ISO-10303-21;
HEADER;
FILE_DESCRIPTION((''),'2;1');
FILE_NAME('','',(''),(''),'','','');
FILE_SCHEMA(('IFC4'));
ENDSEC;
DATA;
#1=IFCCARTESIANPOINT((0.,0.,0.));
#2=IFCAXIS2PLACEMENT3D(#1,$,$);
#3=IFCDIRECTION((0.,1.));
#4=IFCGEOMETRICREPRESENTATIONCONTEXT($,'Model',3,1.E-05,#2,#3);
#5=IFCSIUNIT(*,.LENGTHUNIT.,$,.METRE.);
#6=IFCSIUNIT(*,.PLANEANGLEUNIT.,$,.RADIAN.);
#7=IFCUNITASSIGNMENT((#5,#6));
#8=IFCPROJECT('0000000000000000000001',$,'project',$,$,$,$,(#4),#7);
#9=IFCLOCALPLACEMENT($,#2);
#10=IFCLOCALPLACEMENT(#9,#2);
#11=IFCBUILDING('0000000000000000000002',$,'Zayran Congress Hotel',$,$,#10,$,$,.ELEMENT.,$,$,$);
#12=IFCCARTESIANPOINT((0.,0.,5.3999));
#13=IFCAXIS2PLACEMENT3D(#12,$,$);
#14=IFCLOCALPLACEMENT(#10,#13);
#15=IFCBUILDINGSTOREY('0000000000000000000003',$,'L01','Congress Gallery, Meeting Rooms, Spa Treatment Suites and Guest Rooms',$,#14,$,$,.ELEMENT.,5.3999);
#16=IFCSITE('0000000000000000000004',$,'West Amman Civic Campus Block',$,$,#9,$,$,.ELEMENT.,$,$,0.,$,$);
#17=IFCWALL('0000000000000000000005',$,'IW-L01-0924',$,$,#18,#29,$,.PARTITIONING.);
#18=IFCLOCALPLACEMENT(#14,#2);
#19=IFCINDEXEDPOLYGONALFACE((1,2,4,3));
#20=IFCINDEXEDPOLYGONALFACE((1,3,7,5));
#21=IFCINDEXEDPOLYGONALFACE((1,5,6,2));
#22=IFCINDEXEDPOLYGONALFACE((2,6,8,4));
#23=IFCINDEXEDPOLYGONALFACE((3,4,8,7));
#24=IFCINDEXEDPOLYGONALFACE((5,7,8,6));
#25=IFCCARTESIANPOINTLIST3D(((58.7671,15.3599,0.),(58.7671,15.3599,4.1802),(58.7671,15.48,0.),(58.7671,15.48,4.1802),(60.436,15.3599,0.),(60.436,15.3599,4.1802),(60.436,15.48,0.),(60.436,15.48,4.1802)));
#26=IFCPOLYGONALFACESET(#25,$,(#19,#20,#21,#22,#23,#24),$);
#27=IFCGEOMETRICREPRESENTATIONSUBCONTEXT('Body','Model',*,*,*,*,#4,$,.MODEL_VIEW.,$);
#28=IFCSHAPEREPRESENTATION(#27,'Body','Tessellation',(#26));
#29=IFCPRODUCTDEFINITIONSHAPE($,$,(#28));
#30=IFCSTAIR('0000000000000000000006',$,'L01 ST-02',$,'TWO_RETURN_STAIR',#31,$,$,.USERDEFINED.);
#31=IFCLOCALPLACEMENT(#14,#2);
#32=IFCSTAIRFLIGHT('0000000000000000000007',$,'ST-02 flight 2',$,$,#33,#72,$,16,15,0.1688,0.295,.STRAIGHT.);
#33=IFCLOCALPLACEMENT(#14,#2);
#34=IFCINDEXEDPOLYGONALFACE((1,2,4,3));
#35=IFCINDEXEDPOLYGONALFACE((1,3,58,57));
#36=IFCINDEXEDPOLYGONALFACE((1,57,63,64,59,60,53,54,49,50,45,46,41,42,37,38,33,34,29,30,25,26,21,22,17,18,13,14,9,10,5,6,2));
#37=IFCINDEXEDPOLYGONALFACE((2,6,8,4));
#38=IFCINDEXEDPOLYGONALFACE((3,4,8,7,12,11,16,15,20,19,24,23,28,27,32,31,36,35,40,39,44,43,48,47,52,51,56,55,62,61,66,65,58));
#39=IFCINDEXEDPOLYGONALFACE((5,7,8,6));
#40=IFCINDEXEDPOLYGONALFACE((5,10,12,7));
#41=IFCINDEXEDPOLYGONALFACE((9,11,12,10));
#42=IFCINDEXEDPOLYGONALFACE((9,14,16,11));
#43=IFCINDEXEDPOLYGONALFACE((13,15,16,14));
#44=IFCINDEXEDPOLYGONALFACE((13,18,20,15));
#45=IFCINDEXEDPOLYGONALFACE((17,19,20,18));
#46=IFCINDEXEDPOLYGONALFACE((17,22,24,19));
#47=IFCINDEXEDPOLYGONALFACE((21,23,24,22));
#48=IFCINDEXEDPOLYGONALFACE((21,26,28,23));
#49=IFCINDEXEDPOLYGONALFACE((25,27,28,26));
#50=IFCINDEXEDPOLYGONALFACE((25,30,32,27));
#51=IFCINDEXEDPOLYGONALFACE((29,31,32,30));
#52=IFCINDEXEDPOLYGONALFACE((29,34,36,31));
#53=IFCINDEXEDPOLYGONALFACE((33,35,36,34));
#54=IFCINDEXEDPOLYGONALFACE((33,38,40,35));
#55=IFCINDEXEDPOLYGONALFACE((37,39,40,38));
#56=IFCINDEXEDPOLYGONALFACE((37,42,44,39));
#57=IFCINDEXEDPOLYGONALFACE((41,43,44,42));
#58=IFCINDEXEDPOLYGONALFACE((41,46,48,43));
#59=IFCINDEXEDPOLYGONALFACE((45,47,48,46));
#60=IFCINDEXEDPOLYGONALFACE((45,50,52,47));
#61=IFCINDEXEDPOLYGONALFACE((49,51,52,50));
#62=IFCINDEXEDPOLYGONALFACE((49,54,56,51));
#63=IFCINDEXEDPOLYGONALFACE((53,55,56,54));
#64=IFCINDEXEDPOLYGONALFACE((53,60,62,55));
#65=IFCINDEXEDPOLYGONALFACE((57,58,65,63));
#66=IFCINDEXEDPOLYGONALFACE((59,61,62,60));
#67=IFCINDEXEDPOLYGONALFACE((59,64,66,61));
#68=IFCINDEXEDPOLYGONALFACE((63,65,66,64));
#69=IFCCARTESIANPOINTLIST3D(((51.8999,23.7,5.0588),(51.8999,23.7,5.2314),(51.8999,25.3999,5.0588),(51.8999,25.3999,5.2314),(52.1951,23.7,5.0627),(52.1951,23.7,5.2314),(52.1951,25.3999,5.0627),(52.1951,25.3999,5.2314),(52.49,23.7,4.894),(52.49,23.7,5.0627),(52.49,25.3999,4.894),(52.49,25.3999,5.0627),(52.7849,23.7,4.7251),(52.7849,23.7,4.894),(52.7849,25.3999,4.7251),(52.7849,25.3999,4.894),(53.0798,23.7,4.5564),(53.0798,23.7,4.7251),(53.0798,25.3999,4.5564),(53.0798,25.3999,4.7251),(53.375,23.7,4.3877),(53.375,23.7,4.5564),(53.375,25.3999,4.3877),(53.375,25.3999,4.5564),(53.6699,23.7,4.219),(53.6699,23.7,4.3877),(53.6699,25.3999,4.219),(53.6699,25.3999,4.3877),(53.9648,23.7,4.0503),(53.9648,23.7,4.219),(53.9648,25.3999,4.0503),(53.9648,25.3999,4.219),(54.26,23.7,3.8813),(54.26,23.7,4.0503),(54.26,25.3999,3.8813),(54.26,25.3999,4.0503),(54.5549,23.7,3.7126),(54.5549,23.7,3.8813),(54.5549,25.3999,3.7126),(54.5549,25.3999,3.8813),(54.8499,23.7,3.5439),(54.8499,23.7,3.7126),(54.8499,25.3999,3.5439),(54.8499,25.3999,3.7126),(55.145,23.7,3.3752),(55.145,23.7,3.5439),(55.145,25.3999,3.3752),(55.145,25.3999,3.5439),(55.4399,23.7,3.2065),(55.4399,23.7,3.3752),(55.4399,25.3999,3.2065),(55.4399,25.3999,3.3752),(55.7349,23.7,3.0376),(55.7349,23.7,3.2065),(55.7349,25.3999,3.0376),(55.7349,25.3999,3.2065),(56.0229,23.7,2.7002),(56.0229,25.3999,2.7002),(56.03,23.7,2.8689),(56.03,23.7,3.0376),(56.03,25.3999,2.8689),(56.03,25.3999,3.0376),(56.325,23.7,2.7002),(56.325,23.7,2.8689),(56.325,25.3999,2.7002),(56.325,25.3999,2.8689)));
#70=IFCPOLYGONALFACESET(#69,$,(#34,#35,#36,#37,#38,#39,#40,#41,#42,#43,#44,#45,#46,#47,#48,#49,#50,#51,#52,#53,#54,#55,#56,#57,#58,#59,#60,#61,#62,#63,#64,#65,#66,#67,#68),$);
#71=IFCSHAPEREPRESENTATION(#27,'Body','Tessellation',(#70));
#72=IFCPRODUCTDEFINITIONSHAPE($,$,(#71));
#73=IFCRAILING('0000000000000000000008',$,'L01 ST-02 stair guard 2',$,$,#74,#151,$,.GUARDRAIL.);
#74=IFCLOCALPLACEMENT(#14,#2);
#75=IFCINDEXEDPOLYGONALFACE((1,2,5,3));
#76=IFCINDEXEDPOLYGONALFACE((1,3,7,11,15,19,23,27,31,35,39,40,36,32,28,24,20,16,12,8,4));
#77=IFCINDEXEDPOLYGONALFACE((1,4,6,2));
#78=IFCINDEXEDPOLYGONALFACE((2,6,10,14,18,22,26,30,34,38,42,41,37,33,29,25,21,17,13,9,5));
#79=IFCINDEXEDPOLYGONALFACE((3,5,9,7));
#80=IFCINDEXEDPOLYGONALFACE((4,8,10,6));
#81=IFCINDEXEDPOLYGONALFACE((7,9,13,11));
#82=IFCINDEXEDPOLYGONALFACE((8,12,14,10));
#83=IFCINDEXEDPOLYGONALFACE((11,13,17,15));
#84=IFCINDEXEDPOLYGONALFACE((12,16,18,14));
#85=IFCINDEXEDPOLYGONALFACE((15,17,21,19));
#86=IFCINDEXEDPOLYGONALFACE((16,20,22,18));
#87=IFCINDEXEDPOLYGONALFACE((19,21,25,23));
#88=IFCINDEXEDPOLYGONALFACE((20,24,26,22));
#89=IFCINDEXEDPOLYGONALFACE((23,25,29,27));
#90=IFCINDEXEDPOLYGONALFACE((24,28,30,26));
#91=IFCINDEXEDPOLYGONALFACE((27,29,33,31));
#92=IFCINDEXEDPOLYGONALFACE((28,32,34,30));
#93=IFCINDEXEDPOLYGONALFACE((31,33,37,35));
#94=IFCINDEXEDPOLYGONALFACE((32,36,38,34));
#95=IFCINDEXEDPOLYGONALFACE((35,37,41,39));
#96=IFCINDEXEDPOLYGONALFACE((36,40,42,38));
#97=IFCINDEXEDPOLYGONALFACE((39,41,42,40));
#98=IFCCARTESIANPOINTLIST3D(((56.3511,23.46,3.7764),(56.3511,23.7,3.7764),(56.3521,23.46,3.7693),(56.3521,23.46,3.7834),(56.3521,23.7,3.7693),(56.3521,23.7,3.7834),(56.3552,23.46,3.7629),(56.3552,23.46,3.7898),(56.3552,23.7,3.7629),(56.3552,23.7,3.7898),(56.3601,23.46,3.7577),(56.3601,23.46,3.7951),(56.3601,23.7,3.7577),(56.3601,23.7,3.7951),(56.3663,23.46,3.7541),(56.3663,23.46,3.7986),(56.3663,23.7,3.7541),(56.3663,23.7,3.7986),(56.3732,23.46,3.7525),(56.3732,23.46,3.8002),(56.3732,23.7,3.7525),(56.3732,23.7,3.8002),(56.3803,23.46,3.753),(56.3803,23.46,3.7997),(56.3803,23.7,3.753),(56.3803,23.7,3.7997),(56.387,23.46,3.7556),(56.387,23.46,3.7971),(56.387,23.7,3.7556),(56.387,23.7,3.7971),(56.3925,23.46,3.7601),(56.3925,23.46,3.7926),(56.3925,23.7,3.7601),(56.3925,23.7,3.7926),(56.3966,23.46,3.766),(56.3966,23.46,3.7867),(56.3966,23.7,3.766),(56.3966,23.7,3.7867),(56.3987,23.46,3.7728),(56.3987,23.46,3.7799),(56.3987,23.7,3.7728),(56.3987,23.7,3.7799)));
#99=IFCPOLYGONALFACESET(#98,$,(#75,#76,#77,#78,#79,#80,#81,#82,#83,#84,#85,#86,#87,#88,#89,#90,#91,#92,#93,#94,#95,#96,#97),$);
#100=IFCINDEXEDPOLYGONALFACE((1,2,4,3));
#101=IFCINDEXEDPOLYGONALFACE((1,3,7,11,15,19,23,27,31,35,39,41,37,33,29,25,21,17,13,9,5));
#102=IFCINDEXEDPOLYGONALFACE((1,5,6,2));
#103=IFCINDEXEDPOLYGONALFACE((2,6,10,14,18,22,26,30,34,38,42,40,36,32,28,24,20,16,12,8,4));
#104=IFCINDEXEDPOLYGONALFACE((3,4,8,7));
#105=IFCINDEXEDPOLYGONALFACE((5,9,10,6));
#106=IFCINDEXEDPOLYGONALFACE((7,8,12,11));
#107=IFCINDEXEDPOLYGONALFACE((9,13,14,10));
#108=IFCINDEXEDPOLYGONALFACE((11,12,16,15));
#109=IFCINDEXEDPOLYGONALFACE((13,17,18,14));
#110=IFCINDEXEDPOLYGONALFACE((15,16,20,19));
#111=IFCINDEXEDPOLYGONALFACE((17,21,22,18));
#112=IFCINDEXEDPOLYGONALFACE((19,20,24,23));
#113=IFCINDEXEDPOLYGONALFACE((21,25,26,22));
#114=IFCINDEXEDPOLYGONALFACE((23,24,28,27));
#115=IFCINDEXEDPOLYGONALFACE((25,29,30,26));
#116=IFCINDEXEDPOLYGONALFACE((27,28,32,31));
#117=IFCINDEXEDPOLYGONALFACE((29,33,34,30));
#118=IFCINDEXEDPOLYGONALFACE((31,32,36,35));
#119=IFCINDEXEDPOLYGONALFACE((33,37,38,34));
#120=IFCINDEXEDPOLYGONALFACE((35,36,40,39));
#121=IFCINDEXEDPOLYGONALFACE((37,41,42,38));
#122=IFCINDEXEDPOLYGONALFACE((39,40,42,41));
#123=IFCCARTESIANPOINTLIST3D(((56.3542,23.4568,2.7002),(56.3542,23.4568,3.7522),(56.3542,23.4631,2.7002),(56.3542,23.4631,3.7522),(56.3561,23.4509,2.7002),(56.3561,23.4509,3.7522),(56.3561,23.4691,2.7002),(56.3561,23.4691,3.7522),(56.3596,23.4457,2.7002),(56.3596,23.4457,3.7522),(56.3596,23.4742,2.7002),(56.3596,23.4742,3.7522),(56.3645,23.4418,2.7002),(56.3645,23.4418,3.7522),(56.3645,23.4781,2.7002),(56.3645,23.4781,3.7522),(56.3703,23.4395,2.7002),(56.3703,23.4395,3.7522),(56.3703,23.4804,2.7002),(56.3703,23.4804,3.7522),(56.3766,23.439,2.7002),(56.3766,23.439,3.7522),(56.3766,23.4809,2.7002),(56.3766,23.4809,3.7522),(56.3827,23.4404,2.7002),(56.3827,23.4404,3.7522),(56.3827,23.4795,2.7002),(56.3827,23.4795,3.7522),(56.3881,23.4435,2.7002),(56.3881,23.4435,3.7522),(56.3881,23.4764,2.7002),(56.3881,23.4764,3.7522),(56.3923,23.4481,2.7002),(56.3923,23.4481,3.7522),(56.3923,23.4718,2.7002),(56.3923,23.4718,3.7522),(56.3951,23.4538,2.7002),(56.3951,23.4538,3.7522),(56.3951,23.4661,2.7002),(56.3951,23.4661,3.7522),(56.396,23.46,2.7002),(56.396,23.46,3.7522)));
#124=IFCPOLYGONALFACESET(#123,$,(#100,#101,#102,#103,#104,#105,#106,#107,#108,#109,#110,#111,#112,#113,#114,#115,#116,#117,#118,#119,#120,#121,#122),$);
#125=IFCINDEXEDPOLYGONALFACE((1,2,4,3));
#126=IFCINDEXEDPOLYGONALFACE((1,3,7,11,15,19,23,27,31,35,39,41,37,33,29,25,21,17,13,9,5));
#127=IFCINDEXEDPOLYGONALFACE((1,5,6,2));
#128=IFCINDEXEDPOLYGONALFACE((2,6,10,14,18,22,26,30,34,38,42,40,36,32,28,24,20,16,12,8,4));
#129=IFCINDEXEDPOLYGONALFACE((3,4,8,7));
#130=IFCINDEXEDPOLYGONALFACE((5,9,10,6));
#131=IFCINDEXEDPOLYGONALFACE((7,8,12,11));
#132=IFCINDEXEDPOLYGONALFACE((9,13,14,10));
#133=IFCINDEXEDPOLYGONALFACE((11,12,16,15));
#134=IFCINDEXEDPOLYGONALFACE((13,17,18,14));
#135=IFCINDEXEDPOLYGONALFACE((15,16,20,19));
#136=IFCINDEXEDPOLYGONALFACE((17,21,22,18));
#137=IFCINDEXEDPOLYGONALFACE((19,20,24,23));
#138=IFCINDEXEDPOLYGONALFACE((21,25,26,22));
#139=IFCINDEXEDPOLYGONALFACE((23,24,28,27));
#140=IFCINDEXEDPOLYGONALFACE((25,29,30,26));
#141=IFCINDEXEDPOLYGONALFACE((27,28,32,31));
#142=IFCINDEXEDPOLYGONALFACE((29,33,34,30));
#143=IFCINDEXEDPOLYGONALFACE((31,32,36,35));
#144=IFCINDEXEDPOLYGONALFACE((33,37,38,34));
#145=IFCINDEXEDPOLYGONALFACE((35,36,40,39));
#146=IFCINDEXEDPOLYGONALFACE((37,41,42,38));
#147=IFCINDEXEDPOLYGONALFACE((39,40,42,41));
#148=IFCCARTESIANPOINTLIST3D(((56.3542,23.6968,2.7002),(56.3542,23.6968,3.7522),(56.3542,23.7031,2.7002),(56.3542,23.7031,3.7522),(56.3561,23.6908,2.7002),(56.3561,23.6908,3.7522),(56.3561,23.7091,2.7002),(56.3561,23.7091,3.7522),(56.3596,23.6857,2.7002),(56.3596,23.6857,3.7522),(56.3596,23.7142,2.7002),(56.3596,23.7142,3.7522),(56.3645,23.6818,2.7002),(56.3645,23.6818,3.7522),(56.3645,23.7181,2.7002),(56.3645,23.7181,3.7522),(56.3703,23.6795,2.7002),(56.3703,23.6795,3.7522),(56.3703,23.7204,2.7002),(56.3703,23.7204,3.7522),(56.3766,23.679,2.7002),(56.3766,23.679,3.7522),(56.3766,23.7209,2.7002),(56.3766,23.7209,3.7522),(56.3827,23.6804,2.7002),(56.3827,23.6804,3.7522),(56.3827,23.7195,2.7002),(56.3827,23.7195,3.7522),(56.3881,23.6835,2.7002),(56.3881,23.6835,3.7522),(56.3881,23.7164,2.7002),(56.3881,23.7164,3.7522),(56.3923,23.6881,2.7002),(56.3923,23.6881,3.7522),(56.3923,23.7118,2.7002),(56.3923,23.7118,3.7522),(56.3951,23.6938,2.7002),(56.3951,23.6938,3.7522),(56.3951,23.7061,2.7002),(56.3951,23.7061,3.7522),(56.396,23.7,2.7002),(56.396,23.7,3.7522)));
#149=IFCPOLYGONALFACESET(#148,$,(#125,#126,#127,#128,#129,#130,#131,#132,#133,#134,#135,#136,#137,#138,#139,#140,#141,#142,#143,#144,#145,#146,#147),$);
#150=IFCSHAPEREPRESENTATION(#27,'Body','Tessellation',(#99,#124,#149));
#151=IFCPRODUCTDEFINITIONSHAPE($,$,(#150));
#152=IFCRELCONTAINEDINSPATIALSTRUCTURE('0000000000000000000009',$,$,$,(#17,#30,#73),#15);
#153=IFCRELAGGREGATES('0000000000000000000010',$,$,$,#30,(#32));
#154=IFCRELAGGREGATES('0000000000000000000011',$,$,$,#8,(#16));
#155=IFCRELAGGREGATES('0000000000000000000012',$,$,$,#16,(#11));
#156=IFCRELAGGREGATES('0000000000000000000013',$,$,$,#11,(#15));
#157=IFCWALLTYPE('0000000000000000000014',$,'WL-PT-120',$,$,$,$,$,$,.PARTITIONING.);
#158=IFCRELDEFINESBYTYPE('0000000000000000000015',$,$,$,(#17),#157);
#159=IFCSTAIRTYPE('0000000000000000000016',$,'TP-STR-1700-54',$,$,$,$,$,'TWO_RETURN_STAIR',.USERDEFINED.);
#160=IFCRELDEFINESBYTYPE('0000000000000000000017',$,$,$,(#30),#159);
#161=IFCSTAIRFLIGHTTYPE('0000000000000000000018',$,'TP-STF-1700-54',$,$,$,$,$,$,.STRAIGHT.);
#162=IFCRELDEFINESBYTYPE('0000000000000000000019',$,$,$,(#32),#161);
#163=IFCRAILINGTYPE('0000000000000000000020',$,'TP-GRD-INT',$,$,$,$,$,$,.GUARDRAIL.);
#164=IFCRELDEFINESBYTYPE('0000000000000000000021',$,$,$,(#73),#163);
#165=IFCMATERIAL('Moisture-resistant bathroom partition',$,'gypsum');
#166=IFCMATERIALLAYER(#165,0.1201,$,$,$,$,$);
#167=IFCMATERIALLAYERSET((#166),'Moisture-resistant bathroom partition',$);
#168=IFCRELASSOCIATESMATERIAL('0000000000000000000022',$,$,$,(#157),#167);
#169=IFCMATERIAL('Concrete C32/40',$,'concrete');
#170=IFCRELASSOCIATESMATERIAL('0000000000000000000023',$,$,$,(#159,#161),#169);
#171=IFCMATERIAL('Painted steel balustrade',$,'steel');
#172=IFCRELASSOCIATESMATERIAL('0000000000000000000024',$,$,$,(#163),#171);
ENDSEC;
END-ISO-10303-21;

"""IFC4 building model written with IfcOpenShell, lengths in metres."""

from ifc_helpers import new_model, si_unit, direction, frame, frame_2d, origin, origin_2d, place, context, subcontext, project, spatial, polyline, rectangle, circle, outline, extrude, material, layer, layer_set, type_object, element, aggregate, save


model = new_model("IFC4")

# Units and contexts
model_context = context("Model", 3, precision=1e-05, world=origin(), true_north=direction((0.0, 1.0)))
body_context = subcontext(model_context, "Body", "Model", "MODEL_VIEW")
ifc_project = project(units=[si_unit("LENGTHUNIT", "METRE"), si_unit("PLANEANGLEUNIT", "RADIAN")], contexts=[model_context])

# Site, building, storey
site_placement = place(None, origin())
site = spatial("IfcSite", under=ifc_project, at=site_placement, Name="West Amman Civic Campus Block", CompositionType="ELEMENT", RefElevation=0.0)
building_placement = place(site_placement, origin())
building = spatial("IfcBuilding", under=site, at=building_placement, Name="Zayran Congress Hotel", CompositionType="ELEMENT")
storey_placement = place(building_placement, frame((0.0, 0.0, 5.3999)))
storey = spatial("IfcBuildingStorey", under=building, at=storey_placement, Name="L01", Description="Congress Gallery, Meeting Rooms, Spa Treatment Suites and Guest Rooms", CompositionType="ELEMENT", Elevation=5.3999)

# Wall
ifc_material_1 = material(Name="Moisture-resistant bathroom partition", Category="gypsum")
ifc_layer_1 = layer(ifc_material_1, 0.1201)
ifc_layer_set_1 = layer_set([ifc_layer_1], Name="Moisture-resistant bathroom partition")
wall_type_1 = type_object("IfcWallType", Name="WL-PT-120", PredefinedType="PARTITIONING", material=ifc_layer_set_1)
wall_1_placement = place(storey_placement, frame((58.7671, 15.4199, 0.0), z_axis=(0.0, 0.0, 1.0), x_axis=(1.0, 0.0, 0.0)))
element("IfcWall", 1, at=wall_1_placement, inside=storey, type_object=wall_type_1, Name="IW-L01-0924", PredefinedType="PARTITIONING", context=body_context, shape_type="SweptSolid", body=[
    extrude(rectangle(XDim=1.6689, YDim=0.1201, at=frame_2d((0.8345, 0.0))), origin(), (0.0, 0.0, 1.0), 4.1802),
])

# Stair, stair flight
ifc_material_2 = material(Name="Concrete C32/40", Category="concrete")
stair_type = type_object("IfcStairType", Name="TP-STR-1700-54", ElementType="TWO_RETURN_STAIR", PredefinedType="USERDEFINED", material=ifc_material_2)
stair_placement = place(storey_placement, origin())
stair = element("IfcStair", 2, at=stair_placement, inside=storey, type_object=stair_type, Name="L01 ST-02", ObjectType="TWO_RETURN_STAIR", PredefinedType="USERDEFINED")
stair_flight_type = type_object("IfcStairFlightType", Name="TP-STF-1700-54", PredefinedType="STRAIGHT", material=ifc_material_2)
stair_flight_placement = place(storey_placement, frame((56.325, 24.55, 2.7002), z_axis=(0.0, 0.0, 1.0), x_axis=(-1.0, 0.0, 0.0)))
stair_flight = element("IfcStairFlight", 3, at=stair_flight_placement, type_object=stair_flight_type, Name="ST-02 flight 2", NumberOfRisers=16, NumberOfTreads=15, PredefinedType="STRAIGHT", RiserHeight=0.1688, TreadLength=0.295, context=body_context, shape_type="SweptSolid", body=[
    extrude(outline(polyline([(0.0, 0.0), (0.0, 0.1687), (0.2949, 0.1687), (0.2949, 0.3374), (0.5901, 0.3374), (0.5901, 0.5063), (0.885, 0.5063), (0.885, 0.675), (1.1799, 0.675), (1.1799, 0.8438), (1.4751, 0.8438), (1.4751, 1.0125), (1.77, 1.0125), (1.77, 1.1812), (2.0649, 1.1812), (2.0649, 1.3501), (2.3601, 1.3501), (2.3601, 1.5188), (2.655, 1.5188), (2.655, 1.6875), (2.95, 1.6875), (2.95, 1.8562), (3.2451, 1.8562), (3.2451, 2.0249), (3.54, 2.0249), (3.54, 2.1938), (3.835, 2.1938), (3.835, 2.3625), (4.1299, 2.3625), (4.1299, 2.5312), (4.425, 2.5312), (4.425, 2.7), (4.425, 2.3586), (0.302, 0.0), (0.0, 0.0)])), frame((0.0, 0.8501, 0.0), z_axis=(0.0, -1.0, 0.0), x_axis=(1.0, 0.0, 0.0)), (0.0, 0.0, 1.0), 1.7),
])
aggregate(stair, [stair_flight])

# Railing
ifc_material_3 = material(Name="Painted steel balustrade", Category="steel")
railing_type_1 = type_object("IfcRailingType", Name="TP-GRD-INT", PredefinedType="GUARDRAIL", material=ifc_material_3)
railing_1_placement = place(storey_placement, frame((56.375, 23.46, 2.7002)))
element("IfcRailing", 4, at=railing_1_placement, inside=storey, type_object=railing_type_1, Name="L01 ST-02 stair guard 2", PredefinedType="GUARDRAIL", context=body_context, shape_type="SweptSolid", body=[
    extrude(circle(Radius=0.0239, at=origin_2d()), frame((0.0, 0.0, 1.0762), z_axis=(0.0, 1.0, 0.0), x_axis=(-1.0, 0.0, 0.0)), (0.0, 0.0, 1.0), 0.24),
    extrude(circle(Radius=0.021, at=origin_2d()), origin(), (0.0, 0.0, 1.0), 1.052),
    extrude(circle(Radius=0.021, at=origin_2d()), frame((0.0, 0.24, 0.0)), (0.0, 0.0, 1.0), 1.052),
])

save(model, "model.ifc")
